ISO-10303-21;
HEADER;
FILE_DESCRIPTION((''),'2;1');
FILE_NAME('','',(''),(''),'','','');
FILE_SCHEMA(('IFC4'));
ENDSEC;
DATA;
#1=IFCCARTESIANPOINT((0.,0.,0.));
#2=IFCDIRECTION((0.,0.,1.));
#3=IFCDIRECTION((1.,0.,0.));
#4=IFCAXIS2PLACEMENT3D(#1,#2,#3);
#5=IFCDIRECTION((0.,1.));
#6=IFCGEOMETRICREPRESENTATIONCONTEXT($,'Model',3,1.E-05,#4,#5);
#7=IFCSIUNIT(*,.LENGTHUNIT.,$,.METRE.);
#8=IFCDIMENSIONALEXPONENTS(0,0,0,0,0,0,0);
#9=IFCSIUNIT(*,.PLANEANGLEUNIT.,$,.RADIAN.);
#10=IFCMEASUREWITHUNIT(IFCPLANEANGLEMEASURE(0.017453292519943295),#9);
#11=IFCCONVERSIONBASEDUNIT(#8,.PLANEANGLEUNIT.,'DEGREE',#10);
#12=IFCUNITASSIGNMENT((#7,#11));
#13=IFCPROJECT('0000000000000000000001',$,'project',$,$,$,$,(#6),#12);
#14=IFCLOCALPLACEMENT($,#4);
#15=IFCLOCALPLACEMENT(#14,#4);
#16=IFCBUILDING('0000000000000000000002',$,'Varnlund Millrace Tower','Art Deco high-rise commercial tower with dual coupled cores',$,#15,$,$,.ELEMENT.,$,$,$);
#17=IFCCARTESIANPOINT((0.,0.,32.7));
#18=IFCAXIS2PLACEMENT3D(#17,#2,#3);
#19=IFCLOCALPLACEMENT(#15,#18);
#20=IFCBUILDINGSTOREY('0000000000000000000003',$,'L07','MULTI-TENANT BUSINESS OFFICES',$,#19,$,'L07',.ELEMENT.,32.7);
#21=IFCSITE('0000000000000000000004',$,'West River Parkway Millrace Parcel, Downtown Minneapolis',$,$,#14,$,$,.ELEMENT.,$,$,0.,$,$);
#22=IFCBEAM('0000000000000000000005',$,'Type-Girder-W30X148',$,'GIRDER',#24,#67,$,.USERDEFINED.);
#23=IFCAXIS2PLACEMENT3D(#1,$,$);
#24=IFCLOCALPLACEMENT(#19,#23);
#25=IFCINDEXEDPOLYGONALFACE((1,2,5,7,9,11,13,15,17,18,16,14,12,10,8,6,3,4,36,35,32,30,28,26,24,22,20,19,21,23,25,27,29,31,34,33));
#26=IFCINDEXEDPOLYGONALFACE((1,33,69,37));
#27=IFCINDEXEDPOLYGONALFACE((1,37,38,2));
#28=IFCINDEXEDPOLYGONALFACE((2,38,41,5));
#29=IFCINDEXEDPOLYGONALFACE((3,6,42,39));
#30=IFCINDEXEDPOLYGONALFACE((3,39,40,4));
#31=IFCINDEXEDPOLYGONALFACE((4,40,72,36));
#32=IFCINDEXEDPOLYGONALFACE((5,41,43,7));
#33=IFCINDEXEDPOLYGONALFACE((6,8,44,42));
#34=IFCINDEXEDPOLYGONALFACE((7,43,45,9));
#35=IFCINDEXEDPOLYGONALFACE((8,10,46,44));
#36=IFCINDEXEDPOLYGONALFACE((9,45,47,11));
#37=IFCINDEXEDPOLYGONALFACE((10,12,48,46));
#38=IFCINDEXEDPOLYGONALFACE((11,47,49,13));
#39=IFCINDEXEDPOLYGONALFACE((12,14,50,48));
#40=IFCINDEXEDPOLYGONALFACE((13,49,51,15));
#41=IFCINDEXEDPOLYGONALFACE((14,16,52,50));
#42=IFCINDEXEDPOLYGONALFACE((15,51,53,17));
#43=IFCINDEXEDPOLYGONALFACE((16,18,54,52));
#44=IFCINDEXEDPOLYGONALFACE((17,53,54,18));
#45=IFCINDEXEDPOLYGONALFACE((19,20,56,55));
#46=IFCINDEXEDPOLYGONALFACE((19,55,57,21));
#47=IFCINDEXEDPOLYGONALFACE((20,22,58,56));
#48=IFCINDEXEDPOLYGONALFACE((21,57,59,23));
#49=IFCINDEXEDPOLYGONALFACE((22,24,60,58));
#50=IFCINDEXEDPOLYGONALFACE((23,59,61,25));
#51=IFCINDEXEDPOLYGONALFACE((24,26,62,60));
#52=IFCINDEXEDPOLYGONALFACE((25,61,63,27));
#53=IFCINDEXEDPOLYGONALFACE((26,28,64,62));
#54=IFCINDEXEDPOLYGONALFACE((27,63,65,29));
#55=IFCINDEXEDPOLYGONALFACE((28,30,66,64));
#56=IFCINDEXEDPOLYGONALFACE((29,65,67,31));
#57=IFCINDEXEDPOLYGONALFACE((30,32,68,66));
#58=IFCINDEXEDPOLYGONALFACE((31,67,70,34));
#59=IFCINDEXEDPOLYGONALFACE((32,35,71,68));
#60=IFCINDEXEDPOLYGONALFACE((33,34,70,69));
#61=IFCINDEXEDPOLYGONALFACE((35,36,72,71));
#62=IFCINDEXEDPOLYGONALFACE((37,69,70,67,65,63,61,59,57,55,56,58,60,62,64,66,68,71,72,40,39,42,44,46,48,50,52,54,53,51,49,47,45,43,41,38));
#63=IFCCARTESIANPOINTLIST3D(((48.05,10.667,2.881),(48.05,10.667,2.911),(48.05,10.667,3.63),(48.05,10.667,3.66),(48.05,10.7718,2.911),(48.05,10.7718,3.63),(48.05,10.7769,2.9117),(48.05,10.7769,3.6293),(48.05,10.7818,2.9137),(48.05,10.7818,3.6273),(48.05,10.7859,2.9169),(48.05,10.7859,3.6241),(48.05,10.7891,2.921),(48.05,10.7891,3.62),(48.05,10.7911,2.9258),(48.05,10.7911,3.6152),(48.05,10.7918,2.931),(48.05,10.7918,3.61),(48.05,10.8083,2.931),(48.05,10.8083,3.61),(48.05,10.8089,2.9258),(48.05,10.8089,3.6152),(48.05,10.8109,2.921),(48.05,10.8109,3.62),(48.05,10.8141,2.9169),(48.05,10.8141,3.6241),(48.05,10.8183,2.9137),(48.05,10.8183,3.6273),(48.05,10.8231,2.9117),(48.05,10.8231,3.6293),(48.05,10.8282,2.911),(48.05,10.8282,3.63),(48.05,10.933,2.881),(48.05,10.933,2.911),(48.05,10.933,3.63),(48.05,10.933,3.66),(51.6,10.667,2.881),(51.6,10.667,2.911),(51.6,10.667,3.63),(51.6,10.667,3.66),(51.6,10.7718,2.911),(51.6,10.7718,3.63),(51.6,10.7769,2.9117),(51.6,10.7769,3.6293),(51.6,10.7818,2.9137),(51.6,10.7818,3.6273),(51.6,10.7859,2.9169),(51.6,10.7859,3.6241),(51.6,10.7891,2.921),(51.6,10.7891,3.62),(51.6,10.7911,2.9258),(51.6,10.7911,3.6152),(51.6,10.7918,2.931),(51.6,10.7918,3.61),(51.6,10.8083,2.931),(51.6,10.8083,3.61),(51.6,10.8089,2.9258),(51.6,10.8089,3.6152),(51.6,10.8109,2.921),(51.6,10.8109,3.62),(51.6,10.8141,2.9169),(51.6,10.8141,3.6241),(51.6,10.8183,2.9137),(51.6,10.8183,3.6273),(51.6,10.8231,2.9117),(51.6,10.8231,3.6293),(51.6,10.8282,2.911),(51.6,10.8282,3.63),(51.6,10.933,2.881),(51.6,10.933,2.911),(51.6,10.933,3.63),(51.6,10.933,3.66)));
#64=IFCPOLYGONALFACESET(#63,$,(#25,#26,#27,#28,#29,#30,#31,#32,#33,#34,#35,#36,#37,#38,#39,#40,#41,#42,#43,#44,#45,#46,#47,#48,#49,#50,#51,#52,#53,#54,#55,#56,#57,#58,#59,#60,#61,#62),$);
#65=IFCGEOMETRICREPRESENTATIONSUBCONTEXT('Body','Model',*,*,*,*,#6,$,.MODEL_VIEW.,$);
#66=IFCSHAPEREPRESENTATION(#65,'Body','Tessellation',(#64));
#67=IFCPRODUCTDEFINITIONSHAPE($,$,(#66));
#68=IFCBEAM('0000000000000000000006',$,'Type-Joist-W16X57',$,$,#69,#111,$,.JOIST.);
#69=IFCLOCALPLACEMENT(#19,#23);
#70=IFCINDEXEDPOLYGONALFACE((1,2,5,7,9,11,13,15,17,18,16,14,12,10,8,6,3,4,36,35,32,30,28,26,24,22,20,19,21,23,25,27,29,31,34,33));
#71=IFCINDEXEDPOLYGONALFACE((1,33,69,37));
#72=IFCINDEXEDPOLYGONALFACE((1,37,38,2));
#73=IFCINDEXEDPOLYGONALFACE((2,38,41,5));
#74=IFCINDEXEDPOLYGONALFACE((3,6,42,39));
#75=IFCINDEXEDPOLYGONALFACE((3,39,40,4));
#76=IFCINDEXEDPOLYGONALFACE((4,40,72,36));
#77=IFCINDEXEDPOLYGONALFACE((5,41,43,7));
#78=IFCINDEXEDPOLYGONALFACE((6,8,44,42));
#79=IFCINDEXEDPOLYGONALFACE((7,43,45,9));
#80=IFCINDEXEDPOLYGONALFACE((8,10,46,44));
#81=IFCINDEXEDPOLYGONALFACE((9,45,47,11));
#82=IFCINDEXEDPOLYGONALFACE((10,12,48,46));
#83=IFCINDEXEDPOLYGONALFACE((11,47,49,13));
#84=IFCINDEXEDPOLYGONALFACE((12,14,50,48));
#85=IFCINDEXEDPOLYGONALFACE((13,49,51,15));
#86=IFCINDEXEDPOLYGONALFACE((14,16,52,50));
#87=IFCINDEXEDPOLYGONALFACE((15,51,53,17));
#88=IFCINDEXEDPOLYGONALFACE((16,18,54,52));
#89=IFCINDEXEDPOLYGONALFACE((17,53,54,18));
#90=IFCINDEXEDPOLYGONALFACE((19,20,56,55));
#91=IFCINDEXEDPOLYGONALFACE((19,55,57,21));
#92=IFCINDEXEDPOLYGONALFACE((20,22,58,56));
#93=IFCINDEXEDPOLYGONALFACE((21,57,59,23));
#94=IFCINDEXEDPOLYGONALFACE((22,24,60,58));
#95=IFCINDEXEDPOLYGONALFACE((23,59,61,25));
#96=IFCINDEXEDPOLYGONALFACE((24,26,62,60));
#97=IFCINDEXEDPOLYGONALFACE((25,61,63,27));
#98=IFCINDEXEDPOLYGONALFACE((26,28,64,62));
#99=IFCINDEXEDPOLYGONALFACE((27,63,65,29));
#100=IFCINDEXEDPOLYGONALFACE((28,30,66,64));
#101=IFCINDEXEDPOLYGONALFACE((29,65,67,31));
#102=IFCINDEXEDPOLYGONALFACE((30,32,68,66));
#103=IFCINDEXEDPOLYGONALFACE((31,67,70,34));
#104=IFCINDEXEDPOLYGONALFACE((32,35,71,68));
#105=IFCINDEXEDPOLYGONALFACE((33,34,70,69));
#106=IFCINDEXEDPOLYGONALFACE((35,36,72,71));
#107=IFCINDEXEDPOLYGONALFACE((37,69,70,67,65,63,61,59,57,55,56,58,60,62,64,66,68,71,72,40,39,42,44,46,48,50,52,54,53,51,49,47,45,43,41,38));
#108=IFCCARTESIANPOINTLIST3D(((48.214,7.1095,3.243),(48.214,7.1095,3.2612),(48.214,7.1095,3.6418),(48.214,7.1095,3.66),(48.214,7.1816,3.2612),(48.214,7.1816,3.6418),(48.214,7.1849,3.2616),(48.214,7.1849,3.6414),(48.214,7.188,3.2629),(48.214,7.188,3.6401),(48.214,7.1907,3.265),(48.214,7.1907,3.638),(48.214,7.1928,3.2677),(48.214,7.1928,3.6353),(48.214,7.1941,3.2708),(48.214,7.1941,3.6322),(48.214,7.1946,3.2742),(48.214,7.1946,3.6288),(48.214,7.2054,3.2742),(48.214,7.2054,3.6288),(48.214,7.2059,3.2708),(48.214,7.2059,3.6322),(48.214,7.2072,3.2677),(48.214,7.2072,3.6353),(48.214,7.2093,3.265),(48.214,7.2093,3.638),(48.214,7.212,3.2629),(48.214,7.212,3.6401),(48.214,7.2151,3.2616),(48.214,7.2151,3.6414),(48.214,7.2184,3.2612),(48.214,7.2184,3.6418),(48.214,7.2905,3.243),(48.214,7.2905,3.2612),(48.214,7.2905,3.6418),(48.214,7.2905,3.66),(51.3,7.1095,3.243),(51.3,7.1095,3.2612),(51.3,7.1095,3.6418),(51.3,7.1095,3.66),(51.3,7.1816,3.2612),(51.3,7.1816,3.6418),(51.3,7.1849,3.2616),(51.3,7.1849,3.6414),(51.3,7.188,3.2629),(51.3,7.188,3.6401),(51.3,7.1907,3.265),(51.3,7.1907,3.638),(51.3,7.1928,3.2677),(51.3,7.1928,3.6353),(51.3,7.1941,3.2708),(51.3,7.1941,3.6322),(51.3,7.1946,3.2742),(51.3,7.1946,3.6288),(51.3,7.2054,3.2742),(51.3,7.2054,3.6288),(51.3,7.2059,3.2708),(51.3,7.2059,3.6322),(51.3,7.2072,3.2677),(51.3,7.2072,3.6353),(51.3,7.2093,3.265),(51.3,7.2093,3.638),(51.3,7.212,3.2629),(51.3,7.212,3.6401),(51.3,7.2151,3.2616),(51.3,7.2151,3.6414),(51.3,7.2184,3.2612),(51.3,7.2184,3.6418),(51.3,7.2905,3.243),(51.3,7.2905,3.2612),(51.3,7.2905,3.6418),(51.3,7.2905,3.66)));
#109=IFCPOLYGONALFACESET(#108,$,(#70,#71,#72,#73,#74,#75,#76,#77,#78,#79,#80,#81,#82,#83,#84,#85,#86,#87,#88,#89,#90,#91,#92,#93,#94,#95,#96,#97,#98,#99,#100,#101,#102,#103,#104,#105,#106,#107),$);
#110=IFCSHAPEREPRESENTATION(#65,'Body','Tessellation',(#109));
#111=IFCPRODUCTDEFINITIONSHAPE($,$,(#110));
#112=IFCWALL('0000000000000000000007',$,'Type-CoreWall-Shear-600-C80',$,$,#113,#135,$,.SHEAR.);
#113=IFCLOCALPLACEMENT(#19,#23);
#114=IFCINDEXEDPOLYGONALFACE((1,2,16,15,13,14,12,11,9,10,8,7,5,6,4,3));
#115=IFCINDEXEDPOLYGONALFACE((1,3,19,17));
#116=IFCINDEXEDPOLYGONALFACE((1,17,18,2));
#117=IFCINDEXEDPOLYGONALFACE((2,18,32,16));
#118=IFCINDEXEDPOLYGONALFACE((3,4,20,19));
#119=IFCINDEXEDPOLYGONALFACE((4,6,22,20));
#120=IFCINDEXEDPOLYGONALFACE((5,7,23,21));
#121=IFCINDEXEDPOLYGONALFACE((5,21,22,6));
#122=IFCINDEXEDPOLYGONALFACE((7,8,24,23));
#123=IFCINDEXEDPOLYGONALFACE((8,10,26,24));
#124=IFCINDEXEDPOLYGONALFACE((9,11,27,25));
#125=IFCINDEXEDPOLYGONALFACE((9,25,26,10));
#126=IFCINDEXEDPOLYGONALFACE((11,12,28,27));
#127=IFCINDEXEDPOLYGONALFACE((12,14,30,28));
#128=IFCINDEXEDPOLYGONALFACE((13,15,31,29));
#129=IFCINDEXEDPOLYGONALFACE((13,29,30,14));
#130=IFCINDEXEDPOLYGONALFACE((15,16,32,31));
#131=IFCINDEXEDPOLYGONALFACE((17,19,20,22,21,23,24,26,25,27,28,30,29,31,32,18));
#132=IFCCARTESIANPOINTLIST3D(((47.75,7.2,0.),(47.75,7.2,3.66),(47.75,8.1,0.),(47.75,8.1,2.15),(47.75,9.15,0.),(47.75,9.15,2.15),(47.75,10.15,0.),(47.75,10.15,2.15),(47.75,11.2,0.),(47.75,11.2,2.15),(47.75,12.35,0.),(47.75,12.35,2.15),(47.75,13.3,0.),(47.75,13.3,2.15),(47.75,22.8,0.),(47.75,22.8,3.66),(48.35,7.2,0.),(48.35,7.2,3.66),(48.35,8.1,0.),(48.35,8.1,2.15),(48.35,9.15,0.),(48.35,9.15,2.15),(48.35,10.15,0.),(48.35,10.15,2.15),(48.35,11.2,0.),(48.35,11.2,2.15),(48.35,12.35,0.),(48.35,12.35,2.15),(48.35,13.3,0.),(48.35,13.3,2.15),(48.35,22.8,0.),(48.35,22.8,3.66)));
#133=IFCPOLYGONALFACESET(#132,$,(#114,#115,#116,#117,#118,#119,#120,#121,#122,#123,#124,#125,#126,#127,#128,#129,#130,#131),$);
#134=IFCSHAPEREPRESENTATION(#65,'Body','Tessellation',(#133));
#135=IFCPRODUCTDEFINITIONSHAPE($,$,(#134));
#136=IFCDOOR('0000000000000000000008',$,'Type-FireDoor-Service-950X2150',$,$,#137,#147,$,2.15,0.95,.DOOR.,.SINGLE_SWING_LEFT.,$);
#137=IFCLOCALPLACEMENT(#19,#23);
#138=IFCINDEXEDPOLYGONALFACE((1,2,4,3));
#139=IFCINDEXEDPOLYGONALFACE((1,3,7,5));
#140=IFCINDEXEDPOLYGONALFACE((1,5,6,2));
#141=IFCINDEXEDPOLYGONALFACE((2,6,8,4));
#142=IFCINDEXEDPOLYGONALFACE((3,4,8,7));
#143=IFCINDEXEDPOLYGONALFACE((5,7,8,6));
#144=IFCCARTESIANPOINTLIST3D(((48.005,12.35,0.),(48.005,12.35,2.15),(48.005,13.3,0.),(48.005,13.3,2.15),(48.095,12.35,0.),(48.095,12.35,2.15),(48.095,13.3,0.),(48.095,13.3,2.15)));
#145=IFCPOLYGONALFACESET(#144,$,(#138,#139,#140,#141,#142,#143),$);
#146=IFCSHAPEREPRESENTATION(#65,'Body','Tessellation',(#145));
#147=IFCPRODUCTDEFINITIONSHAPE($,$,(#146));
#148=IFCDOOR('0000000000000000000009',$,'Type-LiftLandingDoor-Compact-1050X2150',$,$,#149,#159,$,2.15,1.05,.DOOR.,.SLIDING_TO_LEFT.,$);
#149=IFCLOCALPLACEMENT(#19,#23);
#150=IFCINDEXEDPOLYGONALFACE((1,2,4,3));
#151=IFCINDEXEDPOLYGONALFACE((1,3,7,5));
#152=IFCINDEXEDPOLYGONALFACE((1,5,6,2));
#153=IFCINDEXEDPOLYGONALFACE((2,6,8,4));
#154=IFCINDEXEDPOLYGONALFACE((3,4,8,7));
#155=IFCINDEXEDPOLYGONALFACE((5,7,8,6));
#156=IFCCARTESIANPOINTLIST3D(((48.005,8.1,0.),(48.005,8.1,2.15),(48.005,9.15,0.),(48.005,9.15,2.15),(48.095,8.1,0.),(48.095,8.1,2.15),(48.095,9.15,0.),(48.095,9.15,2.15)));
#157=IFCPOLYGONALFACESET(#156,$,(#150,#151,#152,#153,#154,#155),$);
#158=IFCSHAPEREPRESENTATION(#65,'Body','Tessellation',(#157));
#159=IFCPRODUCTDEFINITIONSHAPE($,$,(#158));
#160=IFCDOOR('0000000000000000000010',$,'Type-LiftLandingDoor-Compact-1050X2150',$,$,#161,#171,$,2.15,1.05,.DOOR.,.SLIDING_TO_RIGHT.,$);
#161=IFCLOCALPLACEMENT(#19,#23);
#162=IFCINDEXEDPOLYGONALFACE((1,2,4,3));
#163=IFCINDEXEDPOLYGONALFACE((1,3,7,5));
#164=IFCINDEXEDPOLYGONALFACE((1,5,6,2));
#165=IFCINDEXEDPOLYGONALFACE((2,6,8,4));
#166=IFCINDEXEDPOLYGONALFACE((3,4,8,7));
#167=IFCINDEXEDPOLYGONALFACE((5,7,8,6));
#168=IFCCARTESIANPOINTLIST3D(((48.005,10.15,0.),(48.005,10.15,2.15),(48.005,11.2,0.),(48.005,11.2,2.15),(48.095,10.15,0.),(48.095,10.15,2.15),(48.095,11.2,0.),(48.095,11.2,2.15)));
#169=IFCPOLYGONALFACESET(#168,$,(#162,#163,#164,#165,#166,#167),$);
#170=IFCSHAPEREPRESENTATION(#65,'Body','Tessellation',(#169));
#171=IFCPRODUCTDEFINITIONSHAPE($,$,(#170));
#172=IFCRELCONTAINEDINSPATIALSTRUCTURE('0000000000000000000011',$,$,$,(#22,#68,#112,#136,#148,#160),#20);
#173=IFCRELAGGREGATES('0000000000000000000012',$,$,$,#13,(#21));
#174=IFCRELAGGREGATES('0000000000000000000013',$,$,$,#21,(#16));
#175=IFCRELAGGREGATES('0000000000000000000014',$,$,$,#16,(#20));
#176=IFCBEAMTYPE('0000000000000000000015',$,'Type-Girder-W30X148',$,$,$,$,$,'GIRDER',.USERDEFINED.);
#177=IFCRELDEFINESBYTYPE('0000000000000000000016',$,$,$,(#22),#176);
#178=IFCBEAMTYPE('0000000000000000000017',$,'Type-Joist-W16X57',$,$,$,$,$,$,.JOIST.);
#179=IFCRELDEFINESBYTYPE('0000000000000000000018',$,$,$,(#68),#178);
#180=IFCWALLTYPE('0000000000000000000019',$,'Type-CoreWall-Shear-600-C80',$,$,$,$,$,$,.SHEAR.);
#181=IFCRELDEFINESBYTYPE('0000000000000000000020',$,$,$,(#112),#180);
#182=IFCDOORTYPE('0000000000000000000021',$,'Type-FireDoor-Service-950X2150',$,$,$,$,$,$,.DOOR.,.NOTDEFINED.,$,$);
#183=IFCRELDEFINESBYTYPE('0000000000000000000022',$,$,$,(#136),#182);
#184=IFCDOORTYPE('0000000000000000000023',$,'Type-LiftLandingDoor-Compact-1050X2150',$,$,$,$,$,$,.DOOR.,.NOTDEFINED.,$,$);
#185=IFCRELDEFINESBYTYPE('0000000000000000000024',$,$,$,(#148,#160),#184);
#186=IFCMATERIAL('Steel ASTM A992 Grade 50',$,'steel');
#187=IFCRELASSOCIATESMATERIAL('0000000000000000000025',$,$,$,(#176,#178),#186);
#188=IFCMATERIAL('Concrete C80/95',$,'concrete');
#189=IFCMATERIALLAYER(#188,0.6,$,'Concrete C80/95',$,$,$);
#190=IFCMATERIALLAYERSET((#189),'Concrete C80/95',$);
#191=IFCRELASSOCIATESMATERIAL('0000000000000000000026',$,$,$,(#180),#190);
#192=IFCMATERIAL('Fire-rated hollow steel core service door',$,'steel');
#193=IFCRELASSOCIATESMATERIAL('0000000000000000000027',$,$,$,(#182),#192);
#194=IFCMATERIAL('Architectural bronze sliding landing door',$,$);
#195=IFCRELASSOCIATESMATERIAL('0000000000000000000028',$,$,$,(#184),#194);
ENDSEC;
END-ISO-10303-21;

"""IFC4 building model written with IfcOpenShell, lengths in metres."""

from ifc_helpers import new_model, entity, si_unit, converted_unit, direction, frame, origin_with_axes, origin_2d_with_axis, place, context, subcontext, project, spatial, polyline, rectangle, i_section, outline, extrude, material, layer, layer_set, material_profile, profile_set, type_object, element, fill, save


model = new_model("IFC4")

# Units and contexts
model_context = context("Model", 3, precision=1e-05, world=origin_with_axes(), true_north=direction((0.0, 1.0)))
body_context = subcontext(model_context, "Body", "Model", "MODEL_VIEW")
ifc_project = project(units=[si_unit("LENGTHUNIT", "METRE"), converted_unit("PLANEANGLEUNIT", "DEGREE", entity("IfcPlaneAngleMeasure", 0.017453292519943295), si_unit("PLANEANGLEUNIT", "RADIAN"), dimensions=[0, 0, 0, 0, 0, 0, 0])], contexts=[model_context])

# Site, building, storey
site_placement = place(None, origin_with_axes())
site = spatial("IfcSite", under=ifc_project, at=site_placement, Name="West River Parkway Millrace Parcel, Downtown Minneapolis", CompositionType="ELEMENT", RefElevation=0.0)
building_placement = place(site_placement, origin_with_axes())
building = spatial("IfcBuilding", under=site, at=building_placement, Name="Varnlund Millrace Tower", Description="Art Deco high-rise commercial tower with dual coupled cores", CompositionType="ELEMENT")
storey_placement = place(building_placement, frame((0.0, 0.0, 32.7), z_axis=(0.0, 0.0, 1.0), x_axis=(1.0, 0.0, 0.0)))
storey = spatial("IfcBuildingStorey", under=building, at=storey_placement, Name="L07", Description="MULTI-TENANT BUSINESS OFFICES", LongName="L07", CompositionType="ELEMENT", Elevation=32.7)

# Shared definitions
ifc_material_1 = material(Name="Concrete C80/95", Category="concrete")

# Beams
ifc_material_2 = material(Name="Steel ASTM A992 Grade 50", Category="steel")
ifc_material_profile_1 = material_profile(ifc_material_2, i_section(OverallWidth=0.266, OverallDepth=0.779, WebThickness=0.0165, FlangeThickness=0.03, FilletRadius=0.02, at=origin_2d_with_axis()), Name="Steel ASTM A992 Grade 50")
ifc_profile_set_1 = profile_set([ifc_material_profile_1], Name="Steel ASTM A992 Grade 50")
beam_type_1 = type_object("IfcBeamType", Name="Type-Girder-W30X148", ElementType="GIRDER", PredefinedType="USERDEFINED", material=ifc_profile_set_1)
for number, where, z_axis, x_axis, name in (
    (1, (48.05, 10.8, 3.2705), (1.0, 0.0, 0.0), (0.0, 1.0, 0.0), "Type-Girder-W30X148"),
):
    element("IfcBeam", number, at=place(storey_placement, frame(where, z_axis=z_axis, x_axis=x_axis)), inside=storey, type_object=beam_type_1, Name=name, ObjectType="GIRDER", PredefinedType="USERDEFINED", context=body_context, shape_type="SweptSolid", body=[
        extrude(i_section(OverallWidth=0.266, OverallDepth=0.779, WebThickness=0.0165, FlangeThickness=0.03, FilletRadius=0.02, at=origin_2d_with_axis()), origin_with_axes(), (0.0, 0.0, 1.0), 3.55),
    ])
ifc_material_profile_2 = material_profile(ifc_material_2, i_section(OverallWidth=0.181, OverallDepth=0.417, WebThickness=0.0109, FlangeThickness=0.0182, FilletRadius=0.013, at=origin_2d_with_axis()), Name="Steel ASTM A992 Grade 50")
ifc_profile_set_2 = profile_set([ifc_material_profile_2], Name="Steel ASTM A992 Grade 50")
beam_type_2 = type_object("IfcBeamType", Name="Type-Joist-W16X57", PredefinedType="JOIST", material=ifc_profile_set_2)
beam_1_placement = place(storey_placement, frame((48.214, 7.2, 3.4515), z_axis=(1.0, 0.0, 0.0), x_axis=(0.0, 1.0, 0.0)))
element("IfcBeam", 2, at=beam_1_placement, inside=storey, type_object=beam_type_2, Name="Type-Joist-W16X57", PredefinedType="JOIST", context=body_context, shape_type="SweptSolid", body=[
    extrude(i_section(OverallWidth=0.181, OverallDepth=0.417, WebThickness=0.0109, FlangeThickness=0.0182, FilletRadius=0.013, at=origin_2d_with_axis()), origin_with_axes(), (0.0, 0.0, 1.0), 3.086),
])

# Wall, openings, doors
ifc_layer_1 = layer(ifc_material_1, 0.6, Name="Concrete C80/95")
ifc_layer_set_1 = layer_set([ifc_layer_1], Name="Concrete C80/95")
wall_type_1 = type_object("IfcWallType", Name="Type-CoreWall-Shear-600-C80", PredefinedType="SHEAR", material=ifc_layer_set_1)
wall_1_placement = place(storey_placement, frame((48.05, 7.2, 0.0), z_axis=(0.0, 0.0, 1.0), x_axis=(0.0, 1.0, 0.0)))
wall_1 = element("IfcWall", 3, at=wall_1_placement, inside=storey, type_object=wall_type_1, Name="Type-CoreWall-Shear-600-C80", PredefinedType="SHEAR", context=body_context, shape_type="SweptSolid", body=[
    extrude(outline(polyline([(0.0, -0.3), (15.6, -0.3), (15.6, 0.3), (0.0, 0.3), (0.0, -0.3)])), origin_with_axes(), (0.0, 0.0, 1.0), 3.66),
])
opening_1_placement = place(wall_1_placement, frame((1.425, 0.0, 0.0), z_axis=(0.0, 0.0, 1.0), x_axis=(1.0, 0.0, 0.0)))
opening_1 = element("IfcOpeningElement", 4, at=opening_1_placement, cuts=wall_1, PredefinedType="OPENING", context=body_context, shape_type="SweptSolid", body=[
    extrude(rectangle(XDim=1.05, YDim=0.62, at=origin_2d_with_axis()), origin_with_axes(), (0.0, 0.0, 1.0), 2.15),
])
opening_2_placement = place(wall_1_placement, frame((3.475, 0.0, 0.0), z_axis=(0.0, 0.0, 1.0), x_axis=(1.0, 0.0, 0.0)))
opening_2 = element("IfcOpeningElement", 5, at=opening_2_placement, cuts=wall_1, PredefinedType="OPENING", context=body_context, shape_type="SweptSolid", body=[
    extrude(rectangle(XDim=1.05, YDim=0.62, at=origin_2d_with_axis()), origin_with_axes(), (0.0, 0.0, 1.0), 2.15),
])
opening_3_placement = place(wall_1_placement, frame((5.625, 0.0, 0.0), z_axis=(0.0, 0.0, 1.0), x_axis=(1.0, 0.0, 0.0)))
opening_3 = element("IfcOpeningElement", 6, at=opening_3_placement, cuts=wall_1, PredefinedType="OPENING", context=body_context, shape_type="SweptSolid", body=[
    extrude(rectangle(XDim=0.95, YDim=0.62, at=origin_2d_with_axis()), origin_with_axes(), (0.0, 0.0, 1.0), 2.15),
])
ifc_material_3 = material(Name="Fire-rated hollow steel core service door", Category="steel")
door_type_1 = type_object("IfcDoorType", Name="Type-FireDoor-Service-950X2150", OperationType="NOTDEFINED", PredefinedType="DOOR", material=ifc_material_3)
door_1_placement = place(wall_1_placement, frame((5.625, 0.0, 0.0), z_axis=(0.0, 0.0, 1.0), x_axis=(1.0, 0.0, 0.0)))
door_1 = element("IfcDoor", 7, at=door_1_placement, inside=storey, type_object=door_type_1, Name="Type-FireDoor-Service-950X2150", OperationType="SINGLE_SWING_LEFT", OverallHeight=2.15, OverallWidth=0.95, PredefinedType="DOOR", context=body_context, shape_type="SweptSolid", body=[
    extrude(rectangle(XDim=0.95, YDim=0.09, at=origin_2d_with_axis()), origin_with_axes(), (0.0, 0.0, 1.0), 2.15),
])
fill(opening_3, door_1)
ifc_material_4 = material(Name="Architectural bronze sliding landing door")
door_type_2 = type_object("IfcDoorType", Name="Type-LiftLandingDoor-Compact-1050X2150", OperationType="NOTDEFINED", PredefinedType="DOOR", material=ifc_material_4)
door_2_placement = place(wall_1_placement, frame((1.425, 0.0, 0.0), z_axis=(0.0, 0.0, 1.0), x_axis=(1.0, 0.0, 0.0)))
door_2 = element("IfcDoor", 8, at=door_2_placement, inside=storey, type_object=door_type_2, Name="Type-LiftLandingDoor-Compact-1050X2150", OperationType="SLIDING_TO_LEFT", OverallHeight=2.15, OverallWidth=1.05, PredefinedType="DOOR", context=body_context, shape_type="SweptSolid", body=[
    extrude(rectangle(XDim=1.05, YDim=0.09, at=origin_2d_with_axis()), origin_with_axes(), (0.0, 0.0, 1.0), 2.15),
])
fill(opening_1, door_2)
door_3_placement = place(wall_1_placement, frame((3.475, 0.0, 0.0), z_axis=(0.0, 0.0, 1.0), x_axis=(1.0, 0.0, 0.0)))
door_3 = element("IfcDoor", 9, at=door_3_placement, inside=storey, type_object=door_type_2, Name="Type-LiftLandingDoor-Compact-1050X2150", OperationType="SLIDING_TO_RIGHT", OverallHeight=2.15, OverallWidth=1.05, PredefinedType="DOOR", context=body_context, shape_type="SweptSolid", body=[
    extrude(rectangle(XDim=1.05, YDim=0.09, at=origin_2d_with_axis()), origin_with_axes(), (0.0, 0.0, 1.0), 2.15),
])
fill(opening_2, door_3)

save(model, "model.ifc")
